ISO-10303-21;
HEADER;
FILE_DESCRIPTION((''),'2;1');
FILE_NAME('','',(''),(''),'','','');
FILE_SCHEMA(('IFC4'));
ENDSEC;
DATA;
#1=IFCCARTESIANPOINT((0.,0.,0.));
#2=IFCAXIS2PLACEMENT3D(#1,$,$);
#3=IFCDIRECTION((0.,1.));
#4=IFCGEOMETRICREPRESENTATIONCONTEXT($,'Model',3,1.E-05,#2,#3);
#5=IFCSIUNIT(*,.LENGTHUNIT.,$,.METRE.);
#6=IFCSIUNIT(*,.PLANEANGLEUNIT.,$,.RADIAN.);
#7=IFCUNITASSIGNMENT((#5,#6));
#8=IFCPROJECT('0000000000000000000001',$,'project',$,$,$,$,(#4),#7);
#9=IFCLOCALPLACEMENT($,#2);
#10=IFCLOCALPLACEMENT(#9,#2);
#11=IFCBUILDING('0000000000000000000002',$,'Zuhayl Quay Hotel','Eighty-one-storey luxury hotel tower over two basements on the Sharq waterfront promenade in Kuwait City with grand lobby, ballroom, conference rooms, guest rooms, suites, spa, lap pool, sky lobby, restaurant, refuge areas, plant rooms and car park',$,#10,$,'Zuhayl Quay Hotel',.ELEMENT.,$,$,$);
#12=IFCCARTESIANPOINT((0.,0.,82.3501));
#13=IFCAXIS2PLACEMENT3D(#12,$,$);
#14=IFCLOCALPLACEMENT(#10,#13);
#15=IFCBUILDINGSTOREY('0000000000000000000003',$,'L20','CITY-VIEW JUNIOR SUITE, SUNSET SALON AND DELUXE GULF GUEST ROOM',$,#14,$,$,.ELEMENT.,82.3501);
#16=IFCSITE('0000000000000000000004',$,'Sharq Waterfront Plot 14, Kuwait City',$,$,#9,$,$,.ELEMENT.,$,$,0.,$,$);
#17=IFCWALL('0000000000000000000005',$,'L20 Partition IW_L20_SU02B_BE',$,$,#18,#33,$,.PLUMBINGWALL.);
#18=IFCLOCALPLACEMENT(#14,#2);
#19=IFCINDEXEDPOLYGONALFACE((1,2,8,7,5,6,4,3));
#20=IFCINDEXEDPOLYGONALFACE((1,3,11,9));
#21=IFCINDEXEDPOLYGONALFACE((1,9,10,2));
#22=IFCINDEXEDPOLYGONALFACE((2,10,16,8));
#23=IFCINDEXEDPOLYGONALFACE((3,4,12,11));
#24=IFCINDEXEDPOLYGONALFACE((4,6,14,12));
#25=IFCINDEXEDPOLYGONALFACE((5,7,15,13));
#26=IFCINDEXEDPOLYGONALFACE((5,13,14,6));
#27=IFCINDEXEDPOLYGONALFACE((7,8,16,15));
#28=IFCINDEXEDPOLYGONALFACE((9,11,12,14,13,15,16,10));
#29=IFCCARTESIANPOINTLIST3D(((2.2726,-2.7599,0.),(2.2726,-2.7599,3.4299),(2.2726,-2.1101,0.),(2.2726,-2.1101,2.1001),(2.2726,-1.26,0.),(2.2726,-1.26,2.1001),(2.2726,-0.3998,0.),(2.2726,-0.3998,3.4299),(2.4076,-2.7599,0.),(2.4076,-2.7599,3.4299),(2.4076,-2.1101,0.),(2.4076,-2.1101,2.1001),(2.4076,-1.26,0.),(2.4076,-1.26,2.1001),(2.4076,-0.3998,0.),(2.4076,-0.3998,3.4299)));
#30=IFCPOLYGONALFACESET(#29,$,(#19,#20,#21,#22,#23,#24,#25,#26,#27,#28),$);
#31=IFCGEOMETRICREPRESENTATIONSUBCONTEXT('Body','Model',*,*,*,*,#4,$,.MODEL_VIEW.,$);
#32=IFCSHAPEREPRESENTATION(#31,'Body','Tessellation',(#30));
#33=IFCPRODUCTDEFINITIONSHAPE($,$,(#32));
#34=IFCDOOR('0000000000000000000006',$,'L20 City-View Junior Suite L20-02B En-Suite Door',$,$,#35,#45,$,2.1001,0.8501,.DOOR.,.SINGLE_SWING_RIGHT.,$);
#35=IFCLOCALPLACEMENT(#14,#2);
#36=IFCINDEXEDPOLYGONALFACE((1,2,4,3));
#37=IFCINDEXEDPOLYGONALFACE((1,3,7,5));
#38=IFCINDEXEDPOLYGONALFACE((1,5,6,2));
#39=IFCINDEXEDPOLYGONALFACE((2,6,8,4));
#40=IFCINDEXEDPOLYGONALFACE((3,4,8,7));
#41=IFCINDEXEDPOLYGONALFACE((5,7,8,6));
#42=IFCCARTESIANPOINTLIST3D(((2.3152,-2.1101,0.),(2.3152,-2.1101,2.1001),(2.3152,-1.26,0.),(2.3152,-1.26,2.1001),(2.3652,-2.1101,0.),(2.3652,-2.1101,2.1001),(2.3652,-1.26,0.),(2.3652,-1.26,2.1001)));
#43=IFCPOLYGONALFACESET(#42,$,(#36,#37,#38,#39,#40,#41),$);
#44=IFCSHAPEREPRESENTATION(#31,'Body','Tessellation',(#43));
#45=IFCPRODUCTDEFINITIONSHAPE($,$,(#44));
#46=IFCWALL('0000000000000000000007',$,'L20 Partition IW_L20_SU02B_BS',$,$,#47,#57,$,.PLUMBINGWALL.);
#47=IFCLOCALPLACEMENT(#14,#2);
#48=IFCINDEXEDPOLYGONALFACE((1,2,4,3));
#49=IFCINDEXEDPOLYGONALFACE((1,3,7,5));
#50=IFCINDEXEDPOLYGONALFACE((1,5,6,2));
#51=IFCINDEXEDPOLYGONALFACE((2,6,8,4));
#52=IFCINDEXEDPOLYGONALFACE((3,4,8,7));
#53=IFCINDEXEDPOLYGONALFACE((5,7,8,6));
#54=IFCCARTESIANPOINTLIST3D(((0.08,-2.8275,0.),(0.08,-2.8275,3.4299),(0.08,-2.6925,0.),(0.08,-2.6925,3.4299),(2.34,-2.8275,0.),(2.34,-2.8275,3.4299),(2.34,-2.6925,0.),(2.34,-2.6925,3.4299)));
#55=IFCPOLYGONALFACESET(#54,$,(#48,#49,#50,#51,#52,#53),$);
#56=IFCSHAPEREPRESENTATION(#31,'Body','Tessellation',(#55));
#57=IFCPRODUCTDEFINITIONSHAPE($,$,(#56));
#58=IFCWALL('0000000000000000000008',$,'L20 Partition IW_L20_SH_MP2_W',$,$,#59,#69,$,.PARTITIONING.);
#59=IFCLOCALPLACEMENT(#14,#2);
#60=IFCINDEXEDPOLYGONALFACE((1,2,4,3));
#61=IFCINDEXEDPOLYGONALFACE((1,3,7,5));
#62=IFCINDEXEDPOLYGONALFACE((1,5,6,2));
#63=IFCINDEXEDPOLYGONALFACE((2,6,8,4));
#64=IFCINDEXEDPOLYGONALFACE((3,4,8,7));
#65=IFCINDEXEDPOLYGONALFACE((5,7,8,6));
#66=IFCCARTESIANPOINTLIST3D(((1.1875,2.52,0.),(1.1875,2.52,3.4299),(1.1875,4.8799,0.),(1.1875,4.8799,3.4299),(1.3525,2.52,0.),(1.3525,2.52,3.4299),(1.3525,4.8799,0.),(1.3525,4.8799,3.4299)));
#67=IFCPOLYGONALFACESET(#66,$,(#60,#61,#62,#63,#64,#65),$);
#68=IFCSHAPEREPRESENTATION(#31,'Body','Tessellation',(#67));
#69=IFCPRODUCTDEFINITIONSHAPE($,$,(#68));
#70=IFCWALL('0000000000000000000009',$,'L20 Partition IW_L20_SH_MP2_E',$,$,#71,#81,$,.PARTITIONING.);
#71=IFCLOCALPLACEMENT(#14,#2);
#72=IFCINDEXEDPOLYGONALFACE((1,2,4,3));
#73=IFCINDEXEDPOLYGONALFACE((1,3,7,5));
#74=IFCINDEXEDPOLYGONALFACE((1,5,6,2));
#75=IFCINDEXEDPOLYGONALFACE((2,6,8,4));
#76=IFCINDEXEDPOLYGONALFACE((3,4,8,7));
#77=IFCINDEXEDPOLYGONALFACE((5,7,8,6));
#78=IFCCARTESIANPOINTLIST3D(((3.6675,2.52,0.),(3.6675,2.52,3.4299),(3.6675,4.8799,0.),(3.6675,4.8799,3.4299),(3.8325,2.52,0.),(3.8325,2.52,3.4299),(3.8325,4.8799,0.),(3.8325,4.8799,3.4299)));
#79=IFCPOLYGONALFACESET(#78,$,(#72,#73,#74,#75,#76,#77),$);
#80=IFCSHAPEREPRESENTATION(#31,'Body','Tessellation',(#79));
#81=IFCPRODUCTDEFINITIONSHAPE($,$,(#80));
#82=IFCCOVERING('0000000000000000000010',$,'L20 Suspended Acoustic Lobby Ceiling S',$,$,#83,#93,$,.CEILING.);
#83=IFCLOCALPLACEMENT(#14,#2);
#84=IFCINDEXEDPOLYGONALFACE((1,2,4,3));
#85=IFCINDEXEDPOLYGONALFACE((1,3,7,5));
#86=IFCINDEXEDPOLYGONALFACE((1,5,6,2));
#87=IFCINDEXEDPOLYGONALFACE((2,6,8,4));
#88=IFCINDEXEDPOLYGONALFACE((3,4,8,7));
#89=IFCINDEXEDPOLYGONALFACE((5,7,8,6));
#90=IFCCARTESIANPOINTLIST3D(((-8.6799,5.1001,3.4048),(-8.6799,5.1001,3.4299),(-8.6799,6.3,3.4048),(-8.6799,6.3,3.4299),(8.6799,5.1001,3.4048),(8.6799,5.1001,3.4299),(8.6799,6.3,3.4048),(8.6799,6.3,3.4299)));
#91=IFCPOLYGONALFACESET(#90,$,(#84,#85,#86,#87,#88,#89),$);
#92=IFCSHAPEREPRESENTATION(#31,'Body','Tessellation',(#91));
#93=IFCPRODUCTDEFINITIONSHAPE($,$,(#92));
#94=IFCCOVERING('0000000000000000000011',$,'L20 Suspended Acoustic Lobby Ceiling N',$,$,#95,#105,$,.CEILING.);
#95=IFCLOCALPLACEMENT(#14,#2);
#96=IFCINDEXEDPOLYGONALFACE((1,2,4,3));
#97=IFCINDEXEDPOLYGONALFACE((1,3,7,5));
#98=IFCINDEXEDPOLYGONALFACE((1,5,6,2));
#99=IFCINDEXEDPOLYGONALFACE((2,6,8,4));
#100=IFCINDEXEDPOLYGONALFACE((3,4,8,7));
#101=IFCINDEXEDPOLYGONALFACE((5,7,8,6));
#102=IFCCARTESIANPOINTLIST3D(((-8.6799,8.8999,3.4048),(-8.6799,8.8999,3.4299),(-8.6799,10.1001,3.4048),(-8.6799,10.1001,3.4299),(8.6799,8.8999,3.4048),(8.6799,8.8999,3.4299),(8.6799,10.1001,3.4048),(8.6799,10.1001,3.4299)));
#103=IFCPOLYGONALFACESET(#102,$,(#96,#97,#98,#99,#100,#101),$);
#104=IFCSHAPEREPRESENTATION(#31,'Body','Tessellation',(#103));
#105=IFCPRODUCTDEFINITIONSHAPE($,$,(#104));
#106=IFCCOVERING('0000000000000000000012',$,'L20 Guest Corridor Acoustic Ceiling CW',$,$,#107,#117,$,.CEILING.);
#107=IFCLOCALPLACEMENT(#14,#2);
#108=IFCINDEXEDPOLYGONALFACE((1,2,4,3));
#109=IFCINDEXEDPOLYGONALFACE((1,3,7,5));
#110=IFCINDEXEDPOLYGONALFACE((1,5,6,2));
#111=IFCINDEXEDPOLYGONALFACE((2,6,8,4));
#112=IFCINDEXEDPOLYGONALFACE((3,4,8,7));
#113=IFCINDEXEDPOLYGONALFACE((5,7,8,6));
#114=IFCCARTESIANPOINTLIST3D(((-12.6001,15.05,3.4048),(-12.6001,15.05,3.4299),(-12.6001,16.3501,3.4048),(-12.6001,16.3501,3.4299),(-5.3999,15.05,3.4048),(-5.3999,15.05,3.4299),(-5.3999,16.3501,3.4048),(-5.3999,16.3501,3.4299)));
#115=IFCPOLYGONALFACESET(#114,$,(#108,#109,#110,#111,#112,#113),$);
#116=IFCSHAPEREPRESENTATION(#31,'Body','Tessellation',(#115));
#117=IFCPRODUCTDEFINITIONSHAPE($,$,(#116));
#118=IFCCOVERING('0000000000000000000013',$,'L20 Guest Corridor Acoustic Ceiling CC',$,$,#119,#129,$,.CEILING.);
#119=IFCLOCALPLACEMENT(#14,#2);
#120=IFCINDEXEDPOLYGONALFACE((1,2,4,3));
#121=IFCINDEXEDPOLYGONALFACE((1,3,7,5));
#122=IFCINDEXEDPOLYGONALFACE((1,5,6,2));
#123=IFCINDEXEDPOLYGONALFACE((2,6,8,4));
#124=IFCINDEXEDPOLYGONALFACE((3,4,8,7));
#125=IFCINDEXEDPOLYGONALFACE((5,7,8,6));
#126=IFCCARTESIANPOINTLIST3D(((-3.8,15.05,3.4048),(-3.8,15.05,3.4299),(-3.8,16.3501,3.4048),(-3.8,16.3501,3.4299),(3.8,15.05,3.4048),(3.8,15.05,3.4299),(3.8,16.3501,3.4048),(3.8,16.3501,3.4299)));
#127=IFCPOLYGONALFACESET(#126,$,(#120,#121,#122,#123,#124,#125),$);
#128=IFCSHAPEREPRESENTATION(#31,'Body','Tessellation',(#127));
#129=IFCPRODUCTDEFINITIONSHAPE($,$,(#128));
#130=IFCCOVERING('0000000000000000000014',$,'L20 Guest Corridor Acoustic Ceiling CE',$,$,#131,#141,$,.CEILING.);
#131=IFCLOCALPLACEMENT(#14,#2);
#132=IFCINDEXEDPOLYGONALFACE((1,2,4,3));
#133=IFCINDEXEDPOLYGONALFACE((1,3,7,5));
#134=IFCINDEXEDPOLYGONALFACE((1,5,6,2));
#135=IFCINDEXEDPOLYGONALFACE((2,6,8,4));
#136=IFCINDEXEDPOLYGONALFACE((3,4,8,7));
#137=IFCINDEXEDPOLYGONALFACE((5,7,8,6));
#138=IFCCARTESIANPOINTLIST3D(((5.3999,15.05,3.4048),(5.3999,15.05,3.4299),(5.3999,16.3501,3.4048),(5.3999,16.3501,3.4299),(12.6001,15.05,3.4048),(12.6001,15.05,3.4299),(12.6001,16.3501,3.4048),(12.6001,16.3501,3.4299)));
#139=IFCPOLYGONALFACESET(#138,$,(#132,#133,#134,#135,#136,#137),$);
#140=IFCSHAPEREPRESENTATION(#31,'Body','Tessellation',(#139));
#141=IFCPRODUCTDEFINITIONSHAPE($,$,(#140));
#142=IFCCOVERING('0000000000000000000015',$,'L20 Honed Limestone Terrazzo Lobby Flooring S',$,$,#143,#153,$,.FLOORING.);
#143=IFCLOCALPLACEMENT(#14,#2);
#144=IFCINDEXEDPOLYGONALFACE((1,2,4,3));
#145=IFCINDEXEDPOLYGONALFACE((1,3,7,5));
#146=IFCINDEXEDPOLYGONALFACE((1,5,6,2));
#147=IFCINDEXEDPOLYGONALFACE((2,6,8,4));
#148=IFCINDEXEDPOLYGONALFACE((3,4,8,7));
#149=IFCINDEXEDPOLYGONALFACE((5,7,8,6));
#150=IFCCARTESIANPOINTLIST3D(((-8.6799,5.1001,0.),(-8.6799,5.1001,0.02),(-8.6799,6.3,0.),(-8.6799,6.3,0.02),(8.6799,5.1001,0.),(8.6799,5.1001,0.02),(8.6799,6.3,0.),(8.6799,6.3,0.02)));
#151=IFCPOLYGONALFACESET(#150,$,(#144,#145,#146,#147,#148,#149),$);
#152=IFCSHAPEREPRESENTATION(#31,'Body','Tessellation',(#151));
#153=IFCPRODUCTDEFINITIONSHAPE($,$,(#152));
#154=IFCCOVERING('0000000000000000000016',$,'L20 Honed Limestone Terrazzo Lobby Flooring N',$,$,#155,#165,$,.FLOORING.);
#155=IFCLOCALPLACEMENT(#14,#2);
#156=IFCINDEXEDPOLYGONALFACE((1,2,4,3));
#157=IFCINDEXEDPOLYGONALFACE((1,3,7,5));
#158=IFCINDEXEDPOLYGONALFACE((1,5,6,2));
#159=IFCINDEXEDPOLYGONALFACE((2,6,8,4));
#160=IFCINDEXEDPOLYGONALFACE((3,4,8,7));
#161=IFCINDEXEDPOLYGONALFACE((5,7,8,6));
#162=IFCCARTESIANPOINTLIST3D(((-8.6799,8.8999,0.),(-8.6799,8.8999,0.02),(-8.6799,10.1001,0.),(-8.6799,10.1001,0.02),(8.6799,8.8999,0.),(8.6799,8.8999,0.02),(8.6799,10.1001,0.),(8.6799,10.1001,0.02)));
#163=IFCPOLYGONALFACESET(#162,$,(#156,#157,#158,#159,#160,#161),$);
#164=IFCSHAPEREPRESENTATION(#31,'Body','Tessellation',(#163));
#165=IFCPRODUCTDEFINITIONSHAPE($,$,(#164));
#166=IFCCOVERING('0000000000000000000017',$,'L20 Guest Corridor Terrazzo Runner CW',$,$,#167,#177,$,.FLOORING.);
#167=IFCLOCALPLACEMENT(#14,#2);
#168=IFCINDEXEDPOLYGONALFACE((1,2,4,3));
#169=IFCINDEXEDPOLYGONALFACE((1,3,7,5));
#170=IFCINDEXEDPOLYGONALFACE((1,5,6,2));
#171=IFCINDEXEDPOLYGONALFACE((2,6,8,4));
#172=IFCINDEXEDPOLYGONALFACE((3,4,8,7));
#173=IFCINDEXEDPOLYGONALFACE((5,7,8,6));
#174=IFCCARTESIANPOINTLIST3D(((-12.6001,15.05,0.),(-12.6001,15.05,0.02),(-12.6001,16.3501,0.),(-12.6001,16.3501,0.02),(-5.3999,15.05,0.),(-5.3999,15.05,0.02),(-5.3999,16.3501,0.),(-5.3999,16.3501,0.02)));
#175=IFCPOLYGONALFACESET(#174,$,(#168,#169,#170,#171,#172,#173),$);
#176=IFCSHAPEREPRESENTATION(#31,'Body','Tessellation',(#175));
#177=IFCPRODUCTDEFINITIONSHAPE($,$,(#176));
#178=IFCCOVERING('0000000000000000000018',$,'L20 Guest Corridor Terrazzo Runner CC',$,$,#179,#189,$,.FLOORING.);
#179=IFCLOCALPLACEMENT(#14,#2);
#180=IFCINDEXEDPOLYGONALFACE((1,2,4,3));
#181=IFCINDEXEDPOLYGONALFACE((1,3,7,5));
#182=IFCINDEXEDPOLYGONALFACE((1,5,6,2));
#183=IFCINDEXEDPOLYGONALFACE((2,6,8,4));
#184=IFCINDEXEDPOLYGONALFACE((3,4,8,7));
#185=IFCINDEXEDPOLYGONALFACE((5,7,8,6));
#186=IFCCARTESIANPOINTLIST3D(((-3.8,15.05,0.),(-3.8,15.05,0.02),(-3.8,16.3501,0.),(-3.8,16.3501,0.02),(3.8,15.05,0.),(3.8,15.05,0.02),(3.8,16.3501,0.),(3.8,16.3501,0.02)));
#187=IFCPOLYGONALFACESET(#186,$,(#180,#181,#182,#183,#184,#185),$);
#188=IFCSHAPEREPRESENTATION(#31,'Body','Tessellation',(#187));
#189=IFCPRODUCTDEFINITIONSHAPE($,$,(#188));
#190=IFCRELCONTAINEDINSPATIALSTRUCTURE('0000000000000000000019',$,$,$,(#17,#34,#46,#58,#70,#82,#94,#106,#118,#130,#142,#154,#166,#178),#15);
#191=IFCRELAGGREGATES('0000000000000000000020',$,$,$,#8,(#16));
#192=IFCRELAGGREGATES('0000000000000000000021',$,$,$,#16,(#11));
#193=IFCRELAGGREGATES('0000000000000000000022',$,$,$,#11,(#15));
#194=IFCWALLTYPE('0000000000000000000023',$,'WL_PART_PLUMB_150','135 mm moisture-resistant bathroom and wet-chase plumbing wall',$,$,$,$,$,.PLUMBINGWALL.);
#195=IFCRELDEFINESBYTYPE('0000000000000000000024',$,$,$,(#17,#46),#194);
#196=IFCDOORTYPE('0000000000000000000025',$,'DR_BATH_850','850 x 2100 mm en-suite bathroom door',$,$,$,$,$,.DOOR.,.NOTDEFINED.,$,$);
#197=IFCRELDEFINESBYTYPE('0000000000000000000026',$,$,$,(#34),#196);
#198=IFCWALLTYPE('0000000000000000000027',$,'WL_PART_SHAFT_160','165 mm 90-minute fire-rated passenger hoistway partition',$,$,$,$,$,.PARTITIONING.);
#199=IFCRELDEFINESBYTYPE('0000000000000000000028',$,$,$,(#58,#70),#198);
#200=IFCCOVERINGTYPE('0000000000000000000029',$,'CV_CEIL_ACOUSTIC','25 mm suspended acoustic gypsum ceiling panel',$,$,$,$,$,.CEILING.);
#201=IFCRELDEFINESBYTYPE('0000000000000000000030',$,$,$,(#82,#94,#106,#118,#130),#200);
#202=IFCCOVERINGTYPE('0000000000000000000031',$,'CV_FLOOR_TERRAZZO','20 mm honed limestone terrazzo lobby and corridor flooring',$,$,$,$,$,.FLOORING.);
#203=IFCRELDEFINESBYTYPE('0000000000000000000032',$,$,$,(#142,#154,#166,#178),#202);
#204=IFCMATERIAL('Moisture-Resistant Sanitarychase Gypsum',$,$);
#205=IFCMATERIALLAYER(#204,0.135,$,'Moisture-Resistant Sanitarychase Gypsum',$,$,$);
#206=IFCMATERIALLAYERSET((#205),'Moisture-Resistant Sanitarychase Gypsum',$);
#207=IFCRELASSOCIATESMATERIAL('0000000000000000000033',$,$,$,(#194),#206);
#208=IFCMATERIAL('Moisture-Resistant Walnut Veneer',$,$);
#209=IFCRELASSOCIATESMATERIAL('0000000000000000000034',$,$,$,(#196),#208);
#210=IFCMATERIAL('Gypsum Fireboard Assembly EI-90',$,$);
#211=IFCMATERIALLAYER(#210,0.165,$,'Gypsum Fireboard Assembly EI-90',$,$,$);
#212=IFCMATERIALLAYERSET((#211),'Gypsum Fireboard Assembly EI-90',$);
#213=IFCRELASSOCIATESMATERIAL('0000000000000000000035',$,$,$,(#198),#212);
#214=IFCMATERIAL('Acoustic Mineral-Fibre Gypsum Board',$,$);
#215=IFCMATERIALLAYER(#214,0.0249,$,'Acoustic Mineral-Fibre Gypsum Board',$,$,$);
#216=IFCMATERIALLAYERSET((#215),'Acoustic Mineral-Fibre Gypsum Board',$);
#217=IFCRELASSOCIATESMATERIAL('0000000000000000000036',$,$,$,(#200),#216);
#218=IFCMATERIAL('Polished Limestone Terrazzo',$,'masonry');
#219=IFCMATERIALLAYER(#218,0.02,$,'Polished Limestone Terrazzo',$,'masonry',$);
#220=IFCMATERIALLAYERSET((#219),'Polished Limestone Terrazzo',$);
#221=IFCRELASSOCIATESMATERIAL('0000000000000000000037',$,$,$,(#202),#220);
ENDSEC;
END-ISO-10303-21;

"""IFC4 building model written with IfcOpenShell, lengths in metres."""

from ifc_helpers import new_model, si_unit, direction, frame, frame_2d, origin, place, context, subcontext, project, spatial, polyline, rectangle, outline, extrude, material, layer, layer_set, type_object, element, fill, save


model = new_model("IFC4")

# Units and contexts
model_context = context("Model", 3, precision=1e-05, world=origin(), true_north=direction((0.0, 1.0)))
body_context = subcontext(model_context, "Body", "Model", "MODEL_VIEW")
ifc_project = project(units=[si_unit("LENGTHUNIT", "METRE"), si_unit("PLANEANGLEUNIT", "RADIAN")], contexts=[model_context])

# Site, building, storey
site_placement = place(None, origin())
site = spatial("IfcSite", under=ifc_project, at=site_placement, Name="Sharq Waterfront Plot 14, Kuwait City", CompositionType="ELEMENT", RefElevation=0.0)
building_placement = place(site_placement, origin())
building = spatial("IfcBuilding", under=site, at=building_placement, Name="Zuhayl Quay Hotel", Description="Eighty-one-storey luxury hotel tower over two basements on the Sharq waterfront promenade in Kuwait City with grand lobby, ballroom, conference rooms, guest rooms, suites, spa, lap pool, sky lobby, restaurant, refuge areas, plant rooms and car park", LongName="Zuhayl Quay Hotel", CompositionType="ELEMENT")
storey_placement = place(building_placement, frame((0.0, 0.0, 82.3501)))
storey = spatial("IfcBuildingStorey", under=building, at=storey_placement, Name="L20", Description="CITY-VIEW JUNIOR SUITE, SUNSET SALON AND DELUXE GULF GUEST ROOM", CompositionType="ELEMENT", Elevation=82.3501)

# Wall, opening, door
ifc_material_1 = material(Name="Moisture-Resistant Sanitarychase Gypsum")
ifc_layer_1 = layer(ifc_material_1, 0.135, Name="Moisture-Resistant Sanitarychase Gypsum")
ifc_layer_set_1 = layer_set([ifc_layer_1], Name="Moisture-Resistant Sanitarychase Gypsum")
wall_type_1 = type_object("IfcWallType", Name="WL_PART_PLUMB_150", Description="135 mm moisture-resistant bathroom and wet-chase plumbing wall", PredefinedType="PLUMBINGWALL", material=ifc_layer_set_1)
wall_1_placement = place(storey_placement, frame((2.3401, -2.76, 0.0), z_axis=(0.0, 0.0, 1.0), x_axis=(0.0, 1.0, 0.0)))
wall_1 = element("IfcWall", 1, at=wall_1_placement, inside=storey, type_object=wall_type_1, Name="L20 Partition IW_L20_SU02B_BE", PredefinedType="PLUMBINGWALL", context=body_context, shape_type="SweptSolid", body=[
    extrude(rectangle(XDim=2.3601, YDim=0.135, at=frame_2d((1.1802, 0.0))), origin(), (0.0, 0.0, 1.0), 3.4299),
])
opening_1_placement = place(wall_1_placement, frame((0.6499, 0.0, 0.0)))
opening_1 = element("IfcOpeningElement", 2, at=opening_1_placement, cuts=wall_1, PredefinedType="OPENING", context=body_context, shape_type="SweptSolid", body=[
    extrude(rectangle(XDim=0.8501, YDim=2.1001, at=frame_2d((0.425, 1.05))), frame((0.0, 0.0774, 0.0), z_axis=(0.0, -1.0, 0.0), x_axis=(1.0, 0.0, 0.0)), (0.0, 0.0, 1.0), 0.155),
])
ifc_material_2 = material(Name="Moisture-Resistant Walnut Veneer")
door_type_1 = type_object("IfcDoorType", Name="DR_BATH_850", Description="850 x 2100 mm en-suite bathroom door", OperationType="NOTDEFINED", PredefinedType="DOOR", material=ifc_material_2)
door_1_placement = place(opening_1_placement, origin())
door_1 = element("IfcDoor", 3, at=door_1_placement, inside=storey, type_object=door_type_1, Name="L20 City-View Junior Suite L20-02B En-Suite Door", OperationType="SINGLE_SWING_RIGHT", OverallHeight=2.1001, OverallWidth=0.8501, PredefinedType="DOOR", context=body_context, shape_type="SweptSolid", body=[
    extrude(rectangle(XDim=0.8501, YDim=2.1001, at=frame_2d((0.425, 1.05))), frame((0.0, 0.0249, 0.0), z_axis=(0.0, -1.0, 0.0), x_axis=(1.0, 0.0, 0.0)), (0.0, 0.0, 1.0), 0.05),
])
fill(opening_1, door_1)

# Walls
wall_2_placement = place(storey_placement, frame((0.0801, -2.76, 0.0), z_axis=(0.0, 0.0, 1.0), x_axis=(1.0, 0.0, 0.0)))
element("IfcWall", 4, at=wall_2_placement, inside=storey, type_object=wall_type_1, Name="L20 Partition IW_L20_SU02B_BS", PredefinedType="PLUMBINGWALL", context=body_context, shape_type="SweptSolid", body=[
    extrude(rectangle(XDim=2.26, YDim=0.135, at=frame_2d((1.1299, 0.0))), origin(), (0.0, 0.0, 1.0), 3.4299),
])
ifc_material_3 = material(Name="Gypsum Fireboard Assembly EI-90")
ifc_layer_2 = layer(ifc_material_3, 0.165, Name="Gypsum Fireboard Assembly EI-90")
ifc_layer_set_2 = layer_set([ifc_layer_2], Name="Gypsum Fireboard Assembly EI-90")
wall_type_2 = type_object("IfcWallType", Name="WL_PART_SHAFT_160", Description="165 mm 90-minute fire-rated passenger hoistway partition", PredefinedType="PARTITIONING", material=ifc_layer_set_2)
for number, where, z_axis, x_axis, name in (
    (5, (1.27, 2.52, 0.0), (0.0, 0.0, 1.0), (0.0, 1.0, 0.0), "L20 Partition IW_L20_SH_MP2_W"),
    (6, (3.75, 2.52, 0.0), (0.0, 0.0, 1.0), (0.0, 1.0, 0.0), "L20 Partition IW_L20_SH_MP2_E"),
):
    element("IfcWall", number, at=place(storey_placement, frame(where, z_axis=z_axis, x_axis=x_axis)), inside=storey, type_object=wall_type_2, Name=name, PredefinedType="PARTITIONING", context=body_context, shape_type="SweptSolid", body=[
        extrude(rectangle(XDim=2.3599, YDim=0.165, at=frame_2d((1.1799, 0.0))), origin(), (0.0, 0.0, 1.0), 3.4299),
    ])

# Coverings
ifc_material_4 = material(Name="Acoustic Mineral-Fibre Gypsum Board")
ifc_layer_3 = layer(ifc_material_4, 0.0249, Name="Acoustic Mineral-Fibre Gypsum Board")
ifc_layer_set_3 = layer_set([ifc_layer_3], Name="Acoustic Mineral-Fibre Gypsum Board")
covering_type_1 = type_object("IfcCoveringType", Name="CV_CEIL_ACOUSTIC", Description="25 mm suspended acoustic gypsum ceiling panel", PredefinedType="CEILING", material=ifc_layer_set_3)
covering_1_placement = place(storey_placement, frame((0.0, 0.0, 3.4048)))
element("IfcCovering", 7, at=covering_1_placement, inside=storey, type_object=covering_type_1, Name="L20 Suspended Acoustic Lobby Ceiling S", PredefinedType="CEILING", context=body_context, shape_type="SweptSolid", body=[
    extrude(outline(polyline([(-8.6799, 5.1001), (8.6799, 5.1001), (8.6799, 6.3), (-8.6799, 6.3), (-8.6799, 5.1001)])), origin(), (0.0, 0.0, 1.0), 0.0251),
])
covering_2_placement = place(storey_placement, frame((0.0, 0.0, 3.4048)))
element("IfcCovering", 8, at=covering_2_placement, inside=storey, type_object=covering_type_1, Name="L20 Suspended Acoustic Lobby Ceiling N", PredefinedType="CEILING", context=body_context, shape_type="SweptSolid", body=[
    extrude(outline(polyline([(-8.6799, 8.8999), (8.6799, 8.8999), (8.6799, 10.1001), (-8.6799, 10.1001), (-8.6799, 8.8999)])), origin(), (0.0, 0.0, 1.0), 0.0251),
])
covering_3_placement = place(storey_placement, frame((0.0, 0.0, 3.4048)))
element("IfcCovering", 9, at=covering_3_placement, inside=storey, type_object=covering_type_1, Name="L20 Guest Corridor Acoustic Ceiling CW", PredefinedType="CEILING", context=body_context, shape_type="SweptSolid", body=[
    extrude(outline(polyline([(-12.6001, 15.05), (-5.3999, 15.05), (-5.3999, 16.3501), (-12.6001, 16.3501), (-12.6001, 15.05)])), origin(), (0.0, 0.0, 1.0), 0.0251),
])
covering_4_placement = place(storey_placement, frame((0.0, 0.0, 3.4048)))
element("IfcCovering", 10, at=covering_4_placement, inside=storey, type_object=covering_type_1, Name="L20 Guest Corridor Acoustic Ceiling CC", PredefinedType="CEILING", context=body_context, shape_type="SweptSolid", body=[
    extrude(outline(polyline([(-3.8, 15.05), (3.8, 15.05), (3.8, 16.3501), (-3.8, 16.3501), (-3.8, 15.05)])), origin(), (0.0, 0.0, 1.0), 0.0251),
])
covering_5_placement = place(storey_placement, frame((0.0, 0.0, 3.4048)))
element("IfcCovering", 11, at=covering_5_placement, inside=storey, type_object=covering_type_1, Name="L20 Guest Corridor Acoustic Ceiling CE", PredefinedType="CEILING", context=body_context, shape_type="SweptSolid", body=[
    extrude(outline(polyline([(5.3999, 15.05), (12.6001, 15.05), (12.6001, 16.3501), (5.3999, 16.3501), (5.3999, 15.05)])), origin(), (0.0, 0.0, 1.0), 0.0251),
])
ifc_material_5 = material(Name="Polished Limestone Terrazzo", Category="masonry")
ifc_layer_4 = layer(ifc_material_5, 0.02, Name="Polished Limestone Terrazzo", Category="masonry")
ifc_layer_set_4 = layer_set([ifc_layer_4], Name="Polished Limestone Terrazzo")
covering_type_2 = type_object("IfcCoveringType", Name="CV_FLOOR_TERRAZZO", Description="20 mm honed limestone terrazzo lobby and corridor flooring", PredefinedType="FLOORING", material=ifc_layer_set_4)
covering_6_placement = place(storey_placement, origin())
element("IfcCovering", 12, at=covering_6_placement, inside=storey, type_object=covering_type_2, Name="L20 Honed Limestone Terrazzo Lobby Flooring S", PredefinedType="FLOORING", context=body_context, shape_type="SweptSolid", body=[
    extrude(outline(polyline([(-8.6799, 5.1001), (8.6799, 5.1001), (8.6799, 6.3), (-8.6799, 6.3), (-8.6799, 5.1001)])), origin(), (0.0, 0.0, 1.0), 0.02),
])
covering_7_placement = place(storey_placement, origin())
element("IfcCovering", 13, at=covering_7_placement, inside=storey, type_object=covering_type_2, Name="L20 Honed Limestone Terrazzo Lobby Flooring N", PredefinedType="FLOORING", context=body_context, shape_type="SweptSolid", body=[
    extrude(outline(polyline([(-8.6799, 8.8999), (8.6799, 8.8999), (8.6799, 10.1001), (-8.6799, 10.1001), (-8.6799, 8.8999)])), origin(), (0.0, 0.0, 1.0), 0.02),
])
covering_8_placement = place(storey_placement, origin())
element("IfcCovering", 14, at=covering_8_placement, inside=storey, type_object=covering_type_2, Name="L20 Guest Corridor Terrazzo Runner CW", PredefinedType="FLOORING", context=body_context, shape_type="SweptSolid", body=[
    extrude(outline(polyline([(-12.6001, 15.05), (-5.3999, 15.05), (-5.3999, 16.3501), (-12.6001, 16.3501), (-12.6001, 15.05)])), origin(), (0.0, 0.0, 1.0), 0.02),
])
covering_9_placement = place(storey_placement, origin())
element("IfcCovering", 15, at=covering_9_placement, inside=storey, type_object=covering_type_2, Name="L20 Guest Corridor Terrazzo Runner CC", PredefinedType="FLOORING", context=body_context, shape_type="SweptSolid", body=[
    extrude(outline(polyline([(-3.8, 15.05), (3.8, 15.05), (3.8, 16.3501), (-3.8, 16.3501), (-3.8, 15.05)])), origin(), (0.0, 0.0, 1.0), 0.02),
])

save(model, "model.ifc")
